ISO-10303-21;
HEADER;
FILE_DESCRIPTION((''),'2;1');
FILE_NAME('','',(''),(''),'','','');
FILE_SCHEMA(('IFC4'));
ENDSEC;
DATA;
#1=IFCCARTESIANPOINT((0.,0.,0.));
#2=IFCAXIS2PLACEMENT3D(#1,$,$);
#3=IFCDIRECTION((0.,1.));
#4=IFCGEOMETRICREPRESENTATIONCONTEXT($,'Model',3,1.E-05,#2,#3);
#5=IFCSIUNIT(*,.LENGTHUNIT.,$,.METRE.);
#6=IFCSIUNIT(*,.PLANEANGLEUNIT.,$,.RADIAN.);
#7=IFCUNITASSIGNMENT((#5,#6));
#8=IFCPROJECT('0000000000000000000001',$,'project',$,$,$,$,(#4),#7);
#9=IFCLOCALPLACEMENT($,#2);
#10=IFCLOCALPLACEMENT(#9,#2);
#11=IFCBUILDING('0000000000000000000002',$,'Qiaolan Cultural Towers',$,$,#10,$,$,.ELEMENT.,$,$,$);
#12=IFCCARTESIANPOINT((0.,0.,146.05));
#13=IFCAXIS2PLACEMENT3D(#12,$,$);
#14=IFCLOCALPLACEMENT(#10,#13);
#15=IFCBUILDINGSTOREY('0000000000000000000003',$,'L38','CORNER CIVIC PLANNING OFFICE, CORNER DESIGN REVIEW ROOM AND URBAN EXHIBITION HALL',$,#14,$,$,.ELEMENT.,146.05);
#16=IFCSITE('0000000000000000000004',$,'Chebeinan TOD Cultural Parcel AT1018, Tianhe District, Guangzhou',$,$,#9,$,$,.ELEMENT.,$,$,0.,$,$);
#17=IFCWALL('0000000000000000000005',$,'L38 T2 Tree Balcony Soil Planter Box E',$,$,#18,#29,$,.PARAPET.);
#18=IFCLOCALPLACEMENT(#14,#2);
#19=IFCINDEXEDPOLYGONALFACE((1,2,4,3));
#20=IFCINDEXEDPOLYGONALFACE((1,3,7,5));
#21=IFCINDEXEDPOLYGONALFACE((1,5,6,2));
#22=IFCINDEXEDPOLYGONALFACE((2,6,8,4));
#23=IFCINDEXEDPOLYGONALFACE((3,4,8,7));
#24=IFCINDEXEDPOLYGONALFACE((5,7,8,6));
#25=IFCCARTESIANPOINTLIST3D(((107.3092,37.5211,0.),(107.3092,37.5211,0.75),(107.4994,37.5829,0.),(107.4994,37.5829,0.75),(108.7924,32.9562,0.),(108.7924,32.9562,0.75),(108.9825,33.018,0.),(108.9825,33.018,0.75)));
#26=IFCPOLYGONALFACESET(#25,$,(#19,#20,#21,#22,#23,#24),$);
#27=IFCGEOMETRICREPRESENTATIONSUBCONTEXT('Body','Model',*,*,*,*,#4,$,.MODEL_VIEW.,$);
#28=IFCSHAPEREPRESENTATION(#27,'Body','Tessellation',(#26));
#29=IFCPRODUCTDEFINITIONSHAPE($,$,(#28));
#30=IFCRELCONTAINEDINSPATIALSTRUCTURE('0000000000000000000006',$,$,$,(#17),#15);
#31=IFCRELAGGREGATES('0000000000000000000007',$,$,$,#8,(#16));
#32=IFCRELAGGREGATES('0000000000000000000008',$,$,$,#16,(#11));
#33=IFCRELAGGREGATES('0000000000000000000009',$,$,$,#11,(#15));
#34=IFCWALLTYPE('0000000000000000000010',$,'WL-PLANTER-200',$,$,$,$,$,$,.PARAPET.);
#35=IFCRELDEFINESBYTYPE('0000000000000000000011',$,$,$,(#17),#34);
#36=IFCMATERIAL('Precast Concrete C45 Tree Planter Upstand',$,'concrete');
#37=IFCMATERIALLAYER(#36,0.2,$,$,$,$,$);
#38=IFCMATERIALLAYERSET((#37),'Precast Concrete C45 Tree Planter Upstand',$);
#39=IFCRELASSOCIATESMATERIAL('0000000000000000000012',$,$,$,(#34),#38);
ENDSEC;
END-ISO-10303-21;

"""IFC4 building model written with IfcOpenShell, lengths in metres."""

from ifc_helpers import new_model, si_unit, direction, frame, frame_2d, origin, place, context, subcontext, project, spatial, rectangle, extrude, material, layer, layer_set, type_object, element, save


model = new_model("IFC4")

# Units and contexts
model_context = context("Model", 3, precision=1e-05, world=origin(), true_north=direction((0.0, 1.0)))
body_context = subcontext(model_context, "Body", "Model", "MODEL_VIEW")
ifc_project = project(units=[si_unit("LENGTHUNIT", "METRE"), si_unit("PLANEANGLEUNIT", "RADIAN")], contexts=[model_context])

# Site, building, storey
site_placement = place(None, origin())
site = spatial("IfcSite", under=ifc_project, at=site_placement, Name="Chebeinan TOD Cultural Parcel AT1018, Tianhe District, Guangzhou", CompositionType="ELEMENT", RefElevation=0.0)
building_placement = place(site_placement, origin())
building = spatial("IfcBuilding", under=site, at=building_placement, Name="Qiaolan Cultural Towers", CompositionType="ELEMENT")
storey_placement = place(building_placement, frame((0.0, 0.0, 146.05)))
storey = spatial("IfcBuildingStorey", under=building, at=storey_placement, Name="L38", Description="CORNER CIVIC PLANNING OFFICE, CORNER DESIGN REVIEW ROOM AND URBAN EXHIBITION HALL", CompositionType="ELEMENT", Elevation=146.05)

# Wall
ifc_material_1 = material(Name="Precast Concrete C45 Tree Planter Upstand", Category="concrete")
ifc_layer_1 = layer(ifc_material_1, 0.2)
ifc_layer_set_1 = layer_set([ifc_layer_1], Name="Precast Concrete C45 Tree Planter Upstand")
wall_type_1 = type_object("IfcWallType", Name="WL-PLANTER-200", PredefinedType="PARAPET", material=ifc_layer_set_1)
wall_1_placement = place(storey_placement, frame((108.8875, 32.9871, 0.0), z_axis=(0.0, 0.0, 1.0), x_axis=(-0.309001, 0.951062, 0.0)))
element("IfcWall", 1, at=wall_1_placement, inside=storey, type_object=wall_type_1, Name="L38 T2 Tree Balcony Soil Planter Box E", PredefinedType="PARAPET", context=body_context, shape_type="SweptSolid", body=[
    extrude(rectangle(XDim=4.7998, YDim=0.2, at=frame_2d((2.3999, 0.0))), origin(), (0.0, 0.0, 1.0), 0.75),
])

save(model, "model.ifc")
